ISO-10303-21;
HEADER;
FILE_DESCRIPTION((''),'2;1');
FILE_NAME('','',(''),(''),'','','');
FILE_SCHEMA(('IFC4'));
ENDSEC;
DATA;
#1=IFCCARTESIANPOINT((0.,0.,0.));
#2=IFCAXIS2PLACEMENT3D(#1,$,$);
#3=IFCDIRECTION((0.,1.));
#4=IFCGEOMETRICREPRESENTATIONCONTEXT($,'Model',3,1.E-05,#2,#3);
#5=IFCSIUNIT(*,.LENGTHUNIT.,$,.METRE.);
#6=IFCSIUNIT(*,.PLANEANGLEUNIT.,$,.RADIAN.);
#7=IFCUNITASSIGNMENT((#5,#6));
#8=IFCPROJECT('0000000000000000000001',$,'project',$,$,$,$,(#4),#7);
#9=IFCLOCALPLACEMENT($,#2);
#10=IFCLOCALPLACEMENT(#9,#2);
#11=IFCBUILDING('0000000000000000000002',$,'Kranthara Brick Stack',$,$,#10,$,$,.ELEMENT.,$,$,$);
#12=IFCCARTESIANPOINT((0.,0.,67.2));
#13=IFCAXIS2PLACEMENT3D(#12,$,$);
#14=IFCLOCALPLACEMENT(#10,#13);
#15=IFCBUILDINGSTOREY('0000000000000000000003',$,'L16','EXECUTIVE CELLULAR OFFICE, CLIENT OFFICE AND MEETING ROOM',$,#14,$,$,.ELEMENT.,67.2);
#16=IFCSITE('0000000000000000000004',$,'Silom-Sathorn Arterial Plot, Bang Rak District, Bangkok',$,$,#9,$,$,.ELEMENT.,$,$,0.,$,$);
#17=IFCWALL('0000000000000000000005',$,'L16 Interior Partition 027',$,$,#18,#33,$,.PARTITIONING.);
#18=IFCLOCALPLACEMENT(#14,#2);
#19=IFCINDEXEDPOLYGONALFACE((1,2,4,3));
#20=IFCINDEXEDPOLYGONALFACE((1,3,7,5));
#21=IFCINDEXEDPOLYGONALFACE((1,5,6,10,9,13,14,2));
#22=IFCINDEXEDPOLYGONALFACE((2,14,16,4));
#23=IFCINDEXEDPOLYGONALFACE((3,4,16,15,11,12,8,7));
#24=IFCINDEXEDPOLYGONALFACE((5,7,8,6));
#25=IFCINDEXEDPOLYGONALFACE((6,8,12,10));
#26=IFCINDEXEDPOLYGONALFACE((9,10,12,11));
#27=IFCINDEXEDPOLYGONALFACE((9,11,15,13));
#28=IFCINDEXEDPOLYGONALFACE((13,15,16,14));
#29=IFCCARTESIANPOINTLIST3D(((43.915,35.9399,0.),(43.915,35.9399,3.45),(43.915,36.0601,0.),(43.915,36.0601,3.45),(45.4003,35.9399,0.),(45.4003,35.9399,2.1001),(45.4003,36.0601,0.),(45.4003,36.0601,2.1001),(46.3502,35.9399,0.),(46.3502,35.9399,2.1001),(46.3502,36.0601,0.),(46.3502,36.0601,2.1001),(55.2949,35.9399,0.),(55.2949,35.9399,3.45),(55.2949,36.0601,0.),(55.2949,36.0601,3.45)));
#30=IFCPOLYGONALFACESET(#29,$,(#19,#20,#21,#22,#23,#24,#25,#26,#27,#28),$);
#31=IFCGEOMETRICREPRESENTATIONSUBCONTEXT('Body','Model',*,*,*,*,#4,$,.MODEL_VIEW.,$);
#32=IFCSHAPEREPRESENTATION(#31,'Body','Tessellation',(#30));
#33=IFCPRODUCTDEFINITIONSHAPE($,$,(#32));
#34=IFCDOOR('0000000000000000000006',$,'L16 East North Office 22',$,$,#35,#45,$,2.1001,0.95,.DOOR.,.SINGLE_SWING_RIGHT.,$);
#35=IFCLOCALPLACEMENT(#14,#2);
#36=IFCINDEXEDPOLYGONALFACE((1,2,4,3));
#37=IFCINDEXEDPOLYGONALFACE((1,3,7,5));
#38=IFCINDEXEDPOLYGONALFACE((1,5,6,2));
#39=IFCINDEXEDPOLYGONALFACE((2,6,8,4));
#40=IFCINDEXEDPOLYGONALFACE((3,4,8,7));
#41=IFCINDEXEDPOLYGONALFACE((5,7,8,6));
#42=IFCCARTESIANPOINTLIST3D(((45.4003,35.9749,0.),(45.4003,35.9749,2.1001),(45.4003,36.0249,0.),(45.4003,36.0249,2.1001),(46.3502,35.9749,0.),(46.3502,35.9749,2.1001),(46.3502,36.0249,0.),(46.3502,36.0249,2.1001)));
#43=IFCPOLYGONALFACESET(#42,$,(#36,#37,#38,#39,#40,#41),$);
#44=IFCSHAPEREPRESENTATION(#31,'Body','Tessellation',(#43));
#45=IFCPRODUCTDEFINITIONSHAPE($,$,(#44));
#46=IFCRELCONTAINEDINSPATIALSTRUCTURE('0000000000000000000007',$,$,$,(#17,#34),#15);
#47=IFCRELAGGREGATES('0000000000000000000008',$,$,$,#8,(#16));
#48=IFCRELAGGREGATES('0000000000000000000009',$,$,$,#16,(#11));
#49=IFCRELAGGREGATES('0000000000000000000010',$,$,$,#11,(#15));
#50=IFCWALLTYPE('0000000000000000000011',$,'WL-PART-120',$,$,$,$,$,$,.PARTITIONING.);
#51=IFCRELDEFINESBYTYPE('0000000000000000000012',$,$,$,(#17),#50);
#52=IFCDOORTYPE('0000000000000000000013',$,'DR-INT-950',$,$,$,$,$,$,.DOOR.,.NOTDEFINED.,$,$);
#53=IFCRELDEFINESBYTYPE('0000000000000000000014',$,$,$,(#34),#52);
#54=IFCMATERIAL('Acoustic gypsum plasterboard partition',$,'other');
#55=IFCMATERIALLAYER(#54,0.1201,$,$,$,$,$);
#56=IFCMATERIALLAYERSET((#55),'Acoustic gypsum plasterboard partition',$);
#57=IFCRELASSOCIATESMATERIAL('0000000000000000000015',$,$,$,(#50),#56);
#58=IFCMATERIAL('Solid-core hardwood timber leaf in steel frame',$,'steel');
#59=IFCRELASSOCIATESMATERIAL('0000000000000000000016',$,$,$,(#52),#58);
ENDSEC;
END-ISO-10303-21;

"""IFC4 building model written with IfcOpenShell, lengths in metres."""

from ifc_helpers import new_model, si_unit, direction, frame, frame_2d, origin, place, context, subcontext, project, spatial, rectangle, extrude, material, layer, layer_set, type_object, element, fill, save


model = new_model("IFC4")

# Units and contexts
model_context = context("Model", 3, precision=1e-05, world=origin(), true_north=direction((0.0, 1.0)))
body_context = subcontext(model_context, "Body", "Model", "MODEL_VIEW")
ifc_project = project(units=[si_unit("LENGTHUNIT", "METRE"), si_unit("PLANEANGLEUNIT", "RADIAN")], contexts=[model_context])

# Site, building, storey
site_placement = place(None, origin())
site = spatial("IfcSite", under=ifc_project, at=site_placement, Name="Silom-Sathorn Arterial Plot, Bang Rak District, Bangkok", CompositionType="ELEMENT", RefElevation=0.0)
building_placement = place(site_placement, origin())
building = spatial("IfcBuilding", under=site, at=building_placement, Name="Kranthara Brick Stack", CompositionType="ELEMENT")
storey_placement = place(building_placement, frame((0.0, 0.0, 67.2)))
storey = spatial("IfcBuildingStorey", under=building, at=storey_placement, Name="L16", Description="EXECUTIVE CELLULAR OFFICE, CLIENT OFFICE AND MEETING ROOM", CompositionType="ELEMENT", Elevation=67.2)

# Shared definitions
ifc_material_1 = material(Name="Acoustic gypsum plasterboard partition", Category="other")
ifc_layer_1 = layer(ifc_material_1, 0.1201)
ifc_layer_set_1 = layer_set([ifc_layer_1], Name="Acoustic gypsum plasterboard partition")
wall_type_1 = type_object("IfcWallType", Name="WL-PART-120", PredefinedType="PARTITIONING", material=ifc_layer_set_1)

# Wall, opening, door
wall_1_placement = place(storey_placement, frame((43.915, 36.0, 0.0), z_axis=(0.0, 0.0, 1.0), x_axis=(1.0, 0.0, 0.0)))
wall_1 = element("IfcWall", 1, at=wall_1_placement, inside=storey, type_object=wall_type_1, Name="L16 Interior Partition 027", PredefinedType="PARTITIONING", context=body_context, shape_type="SweptSolid", body=[
    extrude(rectangle(XDim=11.3799, YDim=0.1201, at=frame_2d((5.6899, 0.0))), origin(), (0.0, 0.0, 1.0), 3.45),
])
opening_1_placement = place(wall_1_placement, frame((1.4851, 0.0, 0.0)))
opening_1 = element("IfcOpeningElement", 2, at=opening_1_placement, cuts=wall_1, PredefinedType="OPENING", context=body_context, shape_type="SweptSolid", body=[
    extrude(rectangle(XDim=0.95, YDim=2.1001, at=frame_2d((0.4751, 1.05))), frame((0.0, 0.0701, 0.0), z_axis=(0.0, -1.0, 0.0), x_axis=(1.0, 0.0, 0.0)), (0.0, 0.0, 1.0), 0.1401),
])
ifc_material_2 = material(Name="Solid-core hardwood timber leaf in steel frame", Category="steel")
door_type = type_object("IfcDoorType", Name="DR-INT-950", OperationType="NOTDEFINED", PredefinedType="DOOR", material=ifc_material_2)
door_placement = place(opening_1_placement, origin())
door = element("IfcDoor", 3, at=door_placement, inside=storey, type_object=door_type, Name="L16 East North Office 22", OperationType="SINGLE_SWING_RIGHT", OverallHeight=2.1001, OverallWidth=0.95, PredefinedType="DOOR", context=body_context, shape_type="SweptSolid", body=[
    extrude(rectangle(XDim=0.95, YDim=2.1001, at=frame_2d((0.4751, 1.05))), frame((0.0, 0.0249, 0.0), z_axis=(0.0, -1.0, 0.0), x_axis=(1.0, 0.0, 0.0)), (0.0, 0.0, 1.0), 0.05),
])
fill(opening_1, door)

save(model, "model.ifc")
